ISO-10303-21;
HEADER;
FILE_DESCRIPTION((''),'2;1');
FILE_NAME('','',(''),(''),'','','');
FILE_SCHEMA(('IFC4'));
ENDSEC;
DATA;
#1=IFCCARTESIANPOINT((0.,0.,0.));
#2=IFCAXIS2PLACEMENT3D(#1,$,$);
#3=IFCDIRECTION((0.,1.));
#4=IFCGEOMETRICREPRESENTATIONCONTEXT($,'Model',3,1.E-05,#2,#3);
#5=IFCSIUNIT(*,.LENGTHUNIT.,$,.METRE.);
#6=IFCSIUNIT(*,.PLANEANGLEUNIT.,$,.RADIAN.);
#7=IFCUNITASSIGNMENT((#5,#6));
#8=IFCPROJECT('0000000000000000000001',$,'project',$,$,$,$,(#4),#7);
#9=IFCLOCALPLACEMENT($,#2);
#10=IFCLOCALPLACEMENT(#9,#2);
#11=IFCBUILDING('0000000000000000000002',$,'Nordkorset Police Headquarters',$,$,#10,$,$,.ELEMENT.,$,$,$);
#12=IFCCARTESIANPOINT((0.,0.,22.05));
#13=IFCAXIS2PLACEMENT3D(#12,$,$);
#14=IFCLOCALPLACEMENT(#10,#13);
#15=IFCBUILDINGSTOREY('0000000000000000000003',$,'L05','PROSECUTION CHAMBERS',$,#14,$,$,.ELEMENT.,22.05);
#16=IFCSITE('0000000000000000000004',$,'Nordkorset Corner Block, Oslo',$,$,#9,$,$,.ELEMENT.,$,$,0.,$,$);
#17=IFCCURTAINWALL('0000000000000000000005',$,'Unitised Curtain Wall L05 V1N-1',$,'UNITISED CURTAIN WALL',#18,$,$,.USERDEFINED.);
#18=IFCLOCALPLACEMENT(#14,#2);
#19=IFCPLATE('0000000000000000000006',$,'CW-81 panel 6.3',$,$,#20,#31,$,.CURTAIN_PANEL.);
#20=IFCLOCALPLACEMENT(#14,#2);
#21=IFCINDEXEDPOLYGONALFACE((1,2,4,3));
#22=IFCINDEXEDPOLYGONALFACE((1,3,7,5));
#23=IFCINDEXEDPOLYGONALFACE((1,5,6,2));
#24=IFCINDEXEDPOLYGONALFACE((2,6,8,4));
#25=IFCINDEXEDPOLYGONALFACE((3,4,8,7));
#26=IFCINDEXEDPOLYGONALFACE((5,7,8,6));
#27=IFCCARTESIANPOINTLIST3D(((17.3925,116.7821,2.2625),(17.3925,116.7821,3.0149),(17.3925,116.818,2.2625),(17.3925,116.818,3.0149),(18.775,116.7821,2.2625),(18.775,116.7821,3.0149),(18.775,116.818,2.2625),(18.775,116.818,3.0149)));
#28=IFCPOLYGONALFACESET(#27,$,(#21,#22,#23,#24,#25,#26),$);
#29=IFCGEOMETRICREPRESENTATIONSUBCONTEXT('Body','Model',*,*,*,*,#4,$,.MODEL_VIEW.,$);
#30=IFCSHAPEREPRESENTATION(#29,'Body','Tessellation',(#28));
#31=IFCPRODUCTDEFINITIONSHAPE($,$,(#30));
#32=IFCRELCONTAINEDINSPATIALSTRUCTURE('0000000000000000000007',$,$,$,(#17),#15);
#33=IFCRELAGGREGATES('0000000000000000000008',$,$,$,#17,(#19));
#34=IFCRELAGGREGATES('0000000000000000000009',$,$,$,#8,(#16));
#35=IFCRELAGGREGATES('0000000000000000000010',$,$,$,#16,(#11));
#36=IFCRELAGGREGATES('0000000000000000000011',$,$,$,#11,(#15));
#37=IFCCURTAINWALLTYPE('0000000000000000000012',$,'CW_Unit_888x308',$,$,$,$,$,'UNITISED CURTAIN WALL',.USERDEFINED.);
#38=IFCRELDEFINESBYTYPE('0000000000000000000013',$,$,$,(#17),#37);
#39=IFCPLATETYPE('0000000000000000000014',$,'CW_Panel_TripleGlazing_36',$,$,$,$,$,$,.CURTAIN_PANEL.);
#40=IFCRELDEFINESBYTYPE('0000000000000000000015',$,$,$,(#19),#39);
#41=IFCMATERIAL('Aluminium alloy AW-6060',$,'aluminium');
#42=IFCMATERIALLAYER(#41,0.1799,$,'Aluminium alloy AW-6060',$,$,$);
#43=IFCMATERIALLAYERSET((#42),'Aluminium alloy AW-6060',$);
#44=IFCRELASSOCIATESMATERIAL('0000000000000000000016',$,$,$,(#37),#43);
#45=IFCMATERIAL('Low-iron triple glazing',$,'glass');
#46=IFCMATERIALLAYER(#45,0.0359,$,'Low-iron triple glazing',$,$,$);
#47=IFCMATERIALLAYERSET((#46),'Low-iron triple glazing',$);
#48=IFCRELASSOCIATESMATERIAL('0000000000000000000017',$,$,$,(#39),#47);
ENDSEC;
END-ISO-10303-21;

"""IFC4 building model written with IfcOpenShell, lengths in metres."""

from ifc_helpers import new_model, si_unit, direction, frame, origin, origin_2d, place, context, subcontext, project, spatial, rectangle, extrude, material, layer, layer_set, type_object, element, aggregate, save


model = new_model("IFC4")

# Units and contexts
model_context = context("Model", 3, precision=1e-05, world=origin(), true_north=direction((0.0, 1.0)))
body_context = subcontext(model_context, "Body", "Model", "MODEL_VIEW")
ifc_project = project(units=[si_unit("LENGTHUNIT", "METRE"), si_unit("PLANEANGLEUNIT", "RADIAN")], contexts=[model_context])

# Site, building, storey
site_placement = place(None, origin())
site = spatial("IfcSite", under=ifc_project, at=site_placement, Name="Nordkorset Corner Block, Oslo", CompositionType="ELEMENT", RefElevation=0.0)
building_placement = place(site_placement, origin())
building = spatial("IfcBuilding", under=site, at=building_placement, Name="Nordkorset Police Headquarters", CompositionType="ELEMENT")
storey_placement = place(building_placement, frame((0.0, 0.0, 22.05)))
storey = spatial("IfcBuildingStorey", under=building, at=storey_placement, Name="L05", Description="PROSECUTION CHAMBERS", CompositionType="ELEMENT", Elevation=22.05)

# Curtain wall, plate
ifc_material_1 = material(Name="Aluminium alloy AW-6060", Category="aluminium")
ifc_layer_1 = layer(ifc_material_1, 0.1799, Name="Aluminium alloy AW-6060")
ifc_layer_set_1 = layer_set([ifc_layer_1], Name="Aluminium alloy AW-6060")
curtain_wall_type = type_object("IfcCurtainWallType", Name="CW_Unit_888x308", ElementType="UNITISED CURTAIN WALL", PredefinedType="USERDEFINED", material=ifc_layer_set_1)
curtain_wall_placement = place(storey_placement, origin())
curtain_wall = element("IfcCurtainWall", 1, at=curtain_wall_placement, inside=storey, type_object=curtain_wall_type, Name="Unitised Curtain Wall L05 V1N-1", ObjectType="UNITISED CURTAIN WALL", PredefinedType="USERDEFINED")
ifc_material_2 = material(Name="Low-iron triple glazing", Category="glass")
ifc_layer_2 = layer(ifc_material_2, 0.0359, Name="Low-iron triple glazing")
ifc_layer_set_2 = layer_set([ifc_layer_2], Name="Low-iron triple glazing")
plate_type = type_object("IfcPlateType", Name="CW_Panel_TripleGlazing_36", PredefinedType="CURTAIN_PANEL", material=ifc_layer_set_2)
plate_1_placement = place(storey_placement, frame((18.0837, 116.8, 2.2625), z_axis=(0.0, 0.0, 1.0), x_axis=(1.0, 0.0, 0.0)))
plate_1 = element("IfcPlate", 2, at=plate_1_placement, type_object=plate_type, Name="CW-81 panel 6.3", PredefinedType="CURTAIN_PANEL", context=body_context, shape_type="SweptSolid", body=[
    extrude(rectangle(XDim=1.3826, YDim=0.0359, at=origin_2d()), origin(), (0.0, 0.0, 1.0), 0.7524),
])
aggregate(curtain_wall, [plate_1])

save(model, "model.ifc")
